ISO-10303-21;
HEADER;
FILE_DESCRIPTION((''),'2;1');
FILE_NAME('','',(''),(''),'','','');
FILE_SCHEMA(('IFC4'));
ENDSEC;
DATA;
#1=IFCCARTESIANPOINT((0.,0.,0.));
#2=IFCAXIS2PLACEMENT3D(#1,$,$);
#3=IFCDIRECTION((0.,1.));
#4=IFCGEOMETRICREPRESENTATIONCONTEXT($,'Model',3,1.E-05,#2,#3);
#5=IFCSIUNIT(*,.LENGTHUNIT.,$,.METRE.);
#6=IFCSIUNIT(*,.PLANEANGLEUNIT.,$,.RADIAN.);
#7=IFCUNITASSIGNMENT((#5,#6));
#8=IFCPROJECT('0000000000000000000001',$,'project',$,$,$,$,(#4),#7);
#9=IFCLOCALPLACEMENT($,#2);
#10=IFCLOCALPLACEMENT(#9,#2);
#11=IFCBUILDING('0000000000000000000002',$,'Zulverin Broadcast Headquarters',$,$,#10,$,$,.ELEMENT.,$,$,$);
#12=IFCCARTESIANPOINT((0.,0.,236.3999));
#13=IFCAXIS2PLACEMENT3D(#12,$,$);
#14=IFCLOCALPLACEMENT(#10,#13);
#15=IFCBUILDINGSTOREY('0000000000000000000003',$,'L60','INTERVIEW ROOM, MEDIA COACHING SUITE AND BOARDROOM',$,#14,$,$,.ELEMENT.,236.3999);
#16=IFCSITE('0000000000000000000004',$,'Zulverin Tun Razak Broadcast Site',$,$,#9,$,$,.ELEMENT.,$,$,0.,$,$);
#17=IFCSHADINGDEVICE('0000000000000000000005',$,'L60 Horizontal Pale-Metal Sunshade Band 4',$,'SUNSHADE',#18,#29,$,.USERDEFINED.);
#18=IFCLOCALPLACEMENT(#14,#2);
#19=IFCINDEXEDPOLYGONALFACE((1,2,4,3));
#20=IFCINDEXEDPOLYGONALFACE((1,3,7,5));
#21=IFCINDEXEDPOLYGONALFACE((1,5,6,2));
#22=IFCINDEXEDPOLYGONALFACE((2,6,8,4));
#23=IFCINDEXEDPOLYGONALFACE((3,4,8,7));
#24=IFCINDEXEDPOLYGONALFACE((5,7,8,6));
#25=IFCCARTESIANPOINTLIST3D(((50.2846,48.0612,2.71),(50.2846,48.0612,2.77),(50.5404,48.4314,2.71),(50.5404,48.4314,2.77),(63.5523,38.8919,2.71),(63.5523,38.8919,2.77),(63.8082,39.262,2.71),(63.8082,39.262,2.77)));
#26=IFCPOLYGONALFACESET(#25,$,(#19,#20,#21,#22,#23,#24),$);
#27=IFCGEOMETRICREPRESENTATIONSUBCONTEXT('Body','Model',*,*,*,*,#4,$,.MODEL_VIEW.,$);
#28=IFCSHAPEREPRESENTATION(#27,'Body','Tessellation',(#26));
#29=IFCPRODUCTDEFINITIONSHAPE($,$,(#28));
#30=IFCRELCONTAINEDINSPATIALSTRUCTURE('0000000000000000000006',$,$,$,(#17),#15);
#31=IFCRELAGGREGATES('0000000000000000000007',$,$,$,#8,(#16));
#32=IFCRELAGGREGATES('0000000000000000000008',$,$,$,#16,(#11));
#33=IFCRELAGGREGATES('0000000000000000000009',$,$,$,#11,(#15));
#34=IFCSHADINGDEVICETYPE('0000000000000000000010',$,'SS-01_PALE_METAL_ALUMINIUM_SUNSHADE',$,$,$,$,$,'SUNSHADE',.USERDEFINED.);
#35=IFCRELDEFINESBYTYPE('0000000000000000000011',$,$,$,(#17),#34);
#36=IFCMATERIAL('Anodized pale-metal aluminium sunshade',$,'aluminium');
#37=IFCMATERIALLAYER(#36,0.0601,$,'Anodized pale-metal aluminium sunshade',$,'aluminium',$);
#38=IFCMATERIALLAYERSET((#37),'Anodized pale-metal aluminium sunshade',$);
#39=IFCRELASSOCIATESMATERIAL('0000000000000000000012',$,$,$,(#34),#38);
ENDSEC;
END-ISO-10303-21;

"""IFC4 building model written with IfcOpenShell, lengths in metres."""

from ifc_helpers import new_model, si_unit, direction, frame, origin, origin_2d, place, context, subcontext, project, spatial, rectangle, extrude, material, layer, layer_set, type_object, element, save


model = new_model("IFC4")

# Units and contexts
model_context = context("Model", 3, precision=1e-05, world=origin(), true_north=direction((0.0, 1.0)))
body_context = subcontext(model_context, "Body", "Model", "MODEL_VIEW")
ifc_project = project(units=[si_unit("LENGTHUNIT", "METRE"), si_unit("PLANEANGLEUNIT", "RADIAN")], contexts=[model_context])

# Site, building, storey
site_placement = place(None, origin())
site = spatial("IfcSite", under=ifc_project, at=site_placement, Name="Zulverin Tun Razak Broadcast Site", CompositionType="ELEMENT", RefElevation=0.0)
building_placement = place(site_placement, origin())
building = spatial("IfcBuilding", under=site, at=building_placement, Name="Zulverin Broadcast Headquarters", CompositionType="ELEMENT")
storey_placement = place(building_placement, frame((0.0, 0.0, 236.3999)))
storey = spatial("IfcBuildingStorey", under=building, at=storey_placement, Name="L60", Description="INTERVIEW ROOM, MEDIA COACHING SUITE AND BOARDROOM", CompositionType="ELEMENT", Elevation=236.3999)

# Shading device
ifc_material_1 = material(Name="Anodized pale-metal aluminium sunshade", Category="aluminium")
ifc_layer_1 = layer(ifc_material_1, 0.0601, Name="Anodized pale-metal aluminium sunshade", Category="aluminium")
ifc_layer_set_1 = layer_set([ifc_layer_1], Name="Anodized pale-metal aluminium sunshade")
shading_device_type_1 = type_object("IfcShadingDeviceType", Name="SS-01_PALE_METAL_ALUMINIUM_SUNSHADE", ElementType="SUNSHADE", PredefinedType="USERDEFINED", material=ifc_layer_set_1)
shading_device_1_placement = place(storey_placement, frame((57.0464, 43.6616, 2.71), z_axis=(0.0, 0.0, 1.0), x_axis=(-0.822655, 0.56854, 0.0)))
element("IfcShadingDevice", 1, at=shading_device_1_placement, inside=storey, type_object=shading_device_type_1, Name="L60 Horizontal Pale-Metal Sunshade Band 4", ObjectType="SUNSHADE", PredefinedType="USERDEFINED", context=body_context, shape_type="SweptSolid", body=[
    extrude(rectangle(XDim=16.1279, YDim=0.45, at=origin_2d()), origin(), (0.0, 0.0, 1.0), 0.0601),
])

save(model, "model.ifc")
